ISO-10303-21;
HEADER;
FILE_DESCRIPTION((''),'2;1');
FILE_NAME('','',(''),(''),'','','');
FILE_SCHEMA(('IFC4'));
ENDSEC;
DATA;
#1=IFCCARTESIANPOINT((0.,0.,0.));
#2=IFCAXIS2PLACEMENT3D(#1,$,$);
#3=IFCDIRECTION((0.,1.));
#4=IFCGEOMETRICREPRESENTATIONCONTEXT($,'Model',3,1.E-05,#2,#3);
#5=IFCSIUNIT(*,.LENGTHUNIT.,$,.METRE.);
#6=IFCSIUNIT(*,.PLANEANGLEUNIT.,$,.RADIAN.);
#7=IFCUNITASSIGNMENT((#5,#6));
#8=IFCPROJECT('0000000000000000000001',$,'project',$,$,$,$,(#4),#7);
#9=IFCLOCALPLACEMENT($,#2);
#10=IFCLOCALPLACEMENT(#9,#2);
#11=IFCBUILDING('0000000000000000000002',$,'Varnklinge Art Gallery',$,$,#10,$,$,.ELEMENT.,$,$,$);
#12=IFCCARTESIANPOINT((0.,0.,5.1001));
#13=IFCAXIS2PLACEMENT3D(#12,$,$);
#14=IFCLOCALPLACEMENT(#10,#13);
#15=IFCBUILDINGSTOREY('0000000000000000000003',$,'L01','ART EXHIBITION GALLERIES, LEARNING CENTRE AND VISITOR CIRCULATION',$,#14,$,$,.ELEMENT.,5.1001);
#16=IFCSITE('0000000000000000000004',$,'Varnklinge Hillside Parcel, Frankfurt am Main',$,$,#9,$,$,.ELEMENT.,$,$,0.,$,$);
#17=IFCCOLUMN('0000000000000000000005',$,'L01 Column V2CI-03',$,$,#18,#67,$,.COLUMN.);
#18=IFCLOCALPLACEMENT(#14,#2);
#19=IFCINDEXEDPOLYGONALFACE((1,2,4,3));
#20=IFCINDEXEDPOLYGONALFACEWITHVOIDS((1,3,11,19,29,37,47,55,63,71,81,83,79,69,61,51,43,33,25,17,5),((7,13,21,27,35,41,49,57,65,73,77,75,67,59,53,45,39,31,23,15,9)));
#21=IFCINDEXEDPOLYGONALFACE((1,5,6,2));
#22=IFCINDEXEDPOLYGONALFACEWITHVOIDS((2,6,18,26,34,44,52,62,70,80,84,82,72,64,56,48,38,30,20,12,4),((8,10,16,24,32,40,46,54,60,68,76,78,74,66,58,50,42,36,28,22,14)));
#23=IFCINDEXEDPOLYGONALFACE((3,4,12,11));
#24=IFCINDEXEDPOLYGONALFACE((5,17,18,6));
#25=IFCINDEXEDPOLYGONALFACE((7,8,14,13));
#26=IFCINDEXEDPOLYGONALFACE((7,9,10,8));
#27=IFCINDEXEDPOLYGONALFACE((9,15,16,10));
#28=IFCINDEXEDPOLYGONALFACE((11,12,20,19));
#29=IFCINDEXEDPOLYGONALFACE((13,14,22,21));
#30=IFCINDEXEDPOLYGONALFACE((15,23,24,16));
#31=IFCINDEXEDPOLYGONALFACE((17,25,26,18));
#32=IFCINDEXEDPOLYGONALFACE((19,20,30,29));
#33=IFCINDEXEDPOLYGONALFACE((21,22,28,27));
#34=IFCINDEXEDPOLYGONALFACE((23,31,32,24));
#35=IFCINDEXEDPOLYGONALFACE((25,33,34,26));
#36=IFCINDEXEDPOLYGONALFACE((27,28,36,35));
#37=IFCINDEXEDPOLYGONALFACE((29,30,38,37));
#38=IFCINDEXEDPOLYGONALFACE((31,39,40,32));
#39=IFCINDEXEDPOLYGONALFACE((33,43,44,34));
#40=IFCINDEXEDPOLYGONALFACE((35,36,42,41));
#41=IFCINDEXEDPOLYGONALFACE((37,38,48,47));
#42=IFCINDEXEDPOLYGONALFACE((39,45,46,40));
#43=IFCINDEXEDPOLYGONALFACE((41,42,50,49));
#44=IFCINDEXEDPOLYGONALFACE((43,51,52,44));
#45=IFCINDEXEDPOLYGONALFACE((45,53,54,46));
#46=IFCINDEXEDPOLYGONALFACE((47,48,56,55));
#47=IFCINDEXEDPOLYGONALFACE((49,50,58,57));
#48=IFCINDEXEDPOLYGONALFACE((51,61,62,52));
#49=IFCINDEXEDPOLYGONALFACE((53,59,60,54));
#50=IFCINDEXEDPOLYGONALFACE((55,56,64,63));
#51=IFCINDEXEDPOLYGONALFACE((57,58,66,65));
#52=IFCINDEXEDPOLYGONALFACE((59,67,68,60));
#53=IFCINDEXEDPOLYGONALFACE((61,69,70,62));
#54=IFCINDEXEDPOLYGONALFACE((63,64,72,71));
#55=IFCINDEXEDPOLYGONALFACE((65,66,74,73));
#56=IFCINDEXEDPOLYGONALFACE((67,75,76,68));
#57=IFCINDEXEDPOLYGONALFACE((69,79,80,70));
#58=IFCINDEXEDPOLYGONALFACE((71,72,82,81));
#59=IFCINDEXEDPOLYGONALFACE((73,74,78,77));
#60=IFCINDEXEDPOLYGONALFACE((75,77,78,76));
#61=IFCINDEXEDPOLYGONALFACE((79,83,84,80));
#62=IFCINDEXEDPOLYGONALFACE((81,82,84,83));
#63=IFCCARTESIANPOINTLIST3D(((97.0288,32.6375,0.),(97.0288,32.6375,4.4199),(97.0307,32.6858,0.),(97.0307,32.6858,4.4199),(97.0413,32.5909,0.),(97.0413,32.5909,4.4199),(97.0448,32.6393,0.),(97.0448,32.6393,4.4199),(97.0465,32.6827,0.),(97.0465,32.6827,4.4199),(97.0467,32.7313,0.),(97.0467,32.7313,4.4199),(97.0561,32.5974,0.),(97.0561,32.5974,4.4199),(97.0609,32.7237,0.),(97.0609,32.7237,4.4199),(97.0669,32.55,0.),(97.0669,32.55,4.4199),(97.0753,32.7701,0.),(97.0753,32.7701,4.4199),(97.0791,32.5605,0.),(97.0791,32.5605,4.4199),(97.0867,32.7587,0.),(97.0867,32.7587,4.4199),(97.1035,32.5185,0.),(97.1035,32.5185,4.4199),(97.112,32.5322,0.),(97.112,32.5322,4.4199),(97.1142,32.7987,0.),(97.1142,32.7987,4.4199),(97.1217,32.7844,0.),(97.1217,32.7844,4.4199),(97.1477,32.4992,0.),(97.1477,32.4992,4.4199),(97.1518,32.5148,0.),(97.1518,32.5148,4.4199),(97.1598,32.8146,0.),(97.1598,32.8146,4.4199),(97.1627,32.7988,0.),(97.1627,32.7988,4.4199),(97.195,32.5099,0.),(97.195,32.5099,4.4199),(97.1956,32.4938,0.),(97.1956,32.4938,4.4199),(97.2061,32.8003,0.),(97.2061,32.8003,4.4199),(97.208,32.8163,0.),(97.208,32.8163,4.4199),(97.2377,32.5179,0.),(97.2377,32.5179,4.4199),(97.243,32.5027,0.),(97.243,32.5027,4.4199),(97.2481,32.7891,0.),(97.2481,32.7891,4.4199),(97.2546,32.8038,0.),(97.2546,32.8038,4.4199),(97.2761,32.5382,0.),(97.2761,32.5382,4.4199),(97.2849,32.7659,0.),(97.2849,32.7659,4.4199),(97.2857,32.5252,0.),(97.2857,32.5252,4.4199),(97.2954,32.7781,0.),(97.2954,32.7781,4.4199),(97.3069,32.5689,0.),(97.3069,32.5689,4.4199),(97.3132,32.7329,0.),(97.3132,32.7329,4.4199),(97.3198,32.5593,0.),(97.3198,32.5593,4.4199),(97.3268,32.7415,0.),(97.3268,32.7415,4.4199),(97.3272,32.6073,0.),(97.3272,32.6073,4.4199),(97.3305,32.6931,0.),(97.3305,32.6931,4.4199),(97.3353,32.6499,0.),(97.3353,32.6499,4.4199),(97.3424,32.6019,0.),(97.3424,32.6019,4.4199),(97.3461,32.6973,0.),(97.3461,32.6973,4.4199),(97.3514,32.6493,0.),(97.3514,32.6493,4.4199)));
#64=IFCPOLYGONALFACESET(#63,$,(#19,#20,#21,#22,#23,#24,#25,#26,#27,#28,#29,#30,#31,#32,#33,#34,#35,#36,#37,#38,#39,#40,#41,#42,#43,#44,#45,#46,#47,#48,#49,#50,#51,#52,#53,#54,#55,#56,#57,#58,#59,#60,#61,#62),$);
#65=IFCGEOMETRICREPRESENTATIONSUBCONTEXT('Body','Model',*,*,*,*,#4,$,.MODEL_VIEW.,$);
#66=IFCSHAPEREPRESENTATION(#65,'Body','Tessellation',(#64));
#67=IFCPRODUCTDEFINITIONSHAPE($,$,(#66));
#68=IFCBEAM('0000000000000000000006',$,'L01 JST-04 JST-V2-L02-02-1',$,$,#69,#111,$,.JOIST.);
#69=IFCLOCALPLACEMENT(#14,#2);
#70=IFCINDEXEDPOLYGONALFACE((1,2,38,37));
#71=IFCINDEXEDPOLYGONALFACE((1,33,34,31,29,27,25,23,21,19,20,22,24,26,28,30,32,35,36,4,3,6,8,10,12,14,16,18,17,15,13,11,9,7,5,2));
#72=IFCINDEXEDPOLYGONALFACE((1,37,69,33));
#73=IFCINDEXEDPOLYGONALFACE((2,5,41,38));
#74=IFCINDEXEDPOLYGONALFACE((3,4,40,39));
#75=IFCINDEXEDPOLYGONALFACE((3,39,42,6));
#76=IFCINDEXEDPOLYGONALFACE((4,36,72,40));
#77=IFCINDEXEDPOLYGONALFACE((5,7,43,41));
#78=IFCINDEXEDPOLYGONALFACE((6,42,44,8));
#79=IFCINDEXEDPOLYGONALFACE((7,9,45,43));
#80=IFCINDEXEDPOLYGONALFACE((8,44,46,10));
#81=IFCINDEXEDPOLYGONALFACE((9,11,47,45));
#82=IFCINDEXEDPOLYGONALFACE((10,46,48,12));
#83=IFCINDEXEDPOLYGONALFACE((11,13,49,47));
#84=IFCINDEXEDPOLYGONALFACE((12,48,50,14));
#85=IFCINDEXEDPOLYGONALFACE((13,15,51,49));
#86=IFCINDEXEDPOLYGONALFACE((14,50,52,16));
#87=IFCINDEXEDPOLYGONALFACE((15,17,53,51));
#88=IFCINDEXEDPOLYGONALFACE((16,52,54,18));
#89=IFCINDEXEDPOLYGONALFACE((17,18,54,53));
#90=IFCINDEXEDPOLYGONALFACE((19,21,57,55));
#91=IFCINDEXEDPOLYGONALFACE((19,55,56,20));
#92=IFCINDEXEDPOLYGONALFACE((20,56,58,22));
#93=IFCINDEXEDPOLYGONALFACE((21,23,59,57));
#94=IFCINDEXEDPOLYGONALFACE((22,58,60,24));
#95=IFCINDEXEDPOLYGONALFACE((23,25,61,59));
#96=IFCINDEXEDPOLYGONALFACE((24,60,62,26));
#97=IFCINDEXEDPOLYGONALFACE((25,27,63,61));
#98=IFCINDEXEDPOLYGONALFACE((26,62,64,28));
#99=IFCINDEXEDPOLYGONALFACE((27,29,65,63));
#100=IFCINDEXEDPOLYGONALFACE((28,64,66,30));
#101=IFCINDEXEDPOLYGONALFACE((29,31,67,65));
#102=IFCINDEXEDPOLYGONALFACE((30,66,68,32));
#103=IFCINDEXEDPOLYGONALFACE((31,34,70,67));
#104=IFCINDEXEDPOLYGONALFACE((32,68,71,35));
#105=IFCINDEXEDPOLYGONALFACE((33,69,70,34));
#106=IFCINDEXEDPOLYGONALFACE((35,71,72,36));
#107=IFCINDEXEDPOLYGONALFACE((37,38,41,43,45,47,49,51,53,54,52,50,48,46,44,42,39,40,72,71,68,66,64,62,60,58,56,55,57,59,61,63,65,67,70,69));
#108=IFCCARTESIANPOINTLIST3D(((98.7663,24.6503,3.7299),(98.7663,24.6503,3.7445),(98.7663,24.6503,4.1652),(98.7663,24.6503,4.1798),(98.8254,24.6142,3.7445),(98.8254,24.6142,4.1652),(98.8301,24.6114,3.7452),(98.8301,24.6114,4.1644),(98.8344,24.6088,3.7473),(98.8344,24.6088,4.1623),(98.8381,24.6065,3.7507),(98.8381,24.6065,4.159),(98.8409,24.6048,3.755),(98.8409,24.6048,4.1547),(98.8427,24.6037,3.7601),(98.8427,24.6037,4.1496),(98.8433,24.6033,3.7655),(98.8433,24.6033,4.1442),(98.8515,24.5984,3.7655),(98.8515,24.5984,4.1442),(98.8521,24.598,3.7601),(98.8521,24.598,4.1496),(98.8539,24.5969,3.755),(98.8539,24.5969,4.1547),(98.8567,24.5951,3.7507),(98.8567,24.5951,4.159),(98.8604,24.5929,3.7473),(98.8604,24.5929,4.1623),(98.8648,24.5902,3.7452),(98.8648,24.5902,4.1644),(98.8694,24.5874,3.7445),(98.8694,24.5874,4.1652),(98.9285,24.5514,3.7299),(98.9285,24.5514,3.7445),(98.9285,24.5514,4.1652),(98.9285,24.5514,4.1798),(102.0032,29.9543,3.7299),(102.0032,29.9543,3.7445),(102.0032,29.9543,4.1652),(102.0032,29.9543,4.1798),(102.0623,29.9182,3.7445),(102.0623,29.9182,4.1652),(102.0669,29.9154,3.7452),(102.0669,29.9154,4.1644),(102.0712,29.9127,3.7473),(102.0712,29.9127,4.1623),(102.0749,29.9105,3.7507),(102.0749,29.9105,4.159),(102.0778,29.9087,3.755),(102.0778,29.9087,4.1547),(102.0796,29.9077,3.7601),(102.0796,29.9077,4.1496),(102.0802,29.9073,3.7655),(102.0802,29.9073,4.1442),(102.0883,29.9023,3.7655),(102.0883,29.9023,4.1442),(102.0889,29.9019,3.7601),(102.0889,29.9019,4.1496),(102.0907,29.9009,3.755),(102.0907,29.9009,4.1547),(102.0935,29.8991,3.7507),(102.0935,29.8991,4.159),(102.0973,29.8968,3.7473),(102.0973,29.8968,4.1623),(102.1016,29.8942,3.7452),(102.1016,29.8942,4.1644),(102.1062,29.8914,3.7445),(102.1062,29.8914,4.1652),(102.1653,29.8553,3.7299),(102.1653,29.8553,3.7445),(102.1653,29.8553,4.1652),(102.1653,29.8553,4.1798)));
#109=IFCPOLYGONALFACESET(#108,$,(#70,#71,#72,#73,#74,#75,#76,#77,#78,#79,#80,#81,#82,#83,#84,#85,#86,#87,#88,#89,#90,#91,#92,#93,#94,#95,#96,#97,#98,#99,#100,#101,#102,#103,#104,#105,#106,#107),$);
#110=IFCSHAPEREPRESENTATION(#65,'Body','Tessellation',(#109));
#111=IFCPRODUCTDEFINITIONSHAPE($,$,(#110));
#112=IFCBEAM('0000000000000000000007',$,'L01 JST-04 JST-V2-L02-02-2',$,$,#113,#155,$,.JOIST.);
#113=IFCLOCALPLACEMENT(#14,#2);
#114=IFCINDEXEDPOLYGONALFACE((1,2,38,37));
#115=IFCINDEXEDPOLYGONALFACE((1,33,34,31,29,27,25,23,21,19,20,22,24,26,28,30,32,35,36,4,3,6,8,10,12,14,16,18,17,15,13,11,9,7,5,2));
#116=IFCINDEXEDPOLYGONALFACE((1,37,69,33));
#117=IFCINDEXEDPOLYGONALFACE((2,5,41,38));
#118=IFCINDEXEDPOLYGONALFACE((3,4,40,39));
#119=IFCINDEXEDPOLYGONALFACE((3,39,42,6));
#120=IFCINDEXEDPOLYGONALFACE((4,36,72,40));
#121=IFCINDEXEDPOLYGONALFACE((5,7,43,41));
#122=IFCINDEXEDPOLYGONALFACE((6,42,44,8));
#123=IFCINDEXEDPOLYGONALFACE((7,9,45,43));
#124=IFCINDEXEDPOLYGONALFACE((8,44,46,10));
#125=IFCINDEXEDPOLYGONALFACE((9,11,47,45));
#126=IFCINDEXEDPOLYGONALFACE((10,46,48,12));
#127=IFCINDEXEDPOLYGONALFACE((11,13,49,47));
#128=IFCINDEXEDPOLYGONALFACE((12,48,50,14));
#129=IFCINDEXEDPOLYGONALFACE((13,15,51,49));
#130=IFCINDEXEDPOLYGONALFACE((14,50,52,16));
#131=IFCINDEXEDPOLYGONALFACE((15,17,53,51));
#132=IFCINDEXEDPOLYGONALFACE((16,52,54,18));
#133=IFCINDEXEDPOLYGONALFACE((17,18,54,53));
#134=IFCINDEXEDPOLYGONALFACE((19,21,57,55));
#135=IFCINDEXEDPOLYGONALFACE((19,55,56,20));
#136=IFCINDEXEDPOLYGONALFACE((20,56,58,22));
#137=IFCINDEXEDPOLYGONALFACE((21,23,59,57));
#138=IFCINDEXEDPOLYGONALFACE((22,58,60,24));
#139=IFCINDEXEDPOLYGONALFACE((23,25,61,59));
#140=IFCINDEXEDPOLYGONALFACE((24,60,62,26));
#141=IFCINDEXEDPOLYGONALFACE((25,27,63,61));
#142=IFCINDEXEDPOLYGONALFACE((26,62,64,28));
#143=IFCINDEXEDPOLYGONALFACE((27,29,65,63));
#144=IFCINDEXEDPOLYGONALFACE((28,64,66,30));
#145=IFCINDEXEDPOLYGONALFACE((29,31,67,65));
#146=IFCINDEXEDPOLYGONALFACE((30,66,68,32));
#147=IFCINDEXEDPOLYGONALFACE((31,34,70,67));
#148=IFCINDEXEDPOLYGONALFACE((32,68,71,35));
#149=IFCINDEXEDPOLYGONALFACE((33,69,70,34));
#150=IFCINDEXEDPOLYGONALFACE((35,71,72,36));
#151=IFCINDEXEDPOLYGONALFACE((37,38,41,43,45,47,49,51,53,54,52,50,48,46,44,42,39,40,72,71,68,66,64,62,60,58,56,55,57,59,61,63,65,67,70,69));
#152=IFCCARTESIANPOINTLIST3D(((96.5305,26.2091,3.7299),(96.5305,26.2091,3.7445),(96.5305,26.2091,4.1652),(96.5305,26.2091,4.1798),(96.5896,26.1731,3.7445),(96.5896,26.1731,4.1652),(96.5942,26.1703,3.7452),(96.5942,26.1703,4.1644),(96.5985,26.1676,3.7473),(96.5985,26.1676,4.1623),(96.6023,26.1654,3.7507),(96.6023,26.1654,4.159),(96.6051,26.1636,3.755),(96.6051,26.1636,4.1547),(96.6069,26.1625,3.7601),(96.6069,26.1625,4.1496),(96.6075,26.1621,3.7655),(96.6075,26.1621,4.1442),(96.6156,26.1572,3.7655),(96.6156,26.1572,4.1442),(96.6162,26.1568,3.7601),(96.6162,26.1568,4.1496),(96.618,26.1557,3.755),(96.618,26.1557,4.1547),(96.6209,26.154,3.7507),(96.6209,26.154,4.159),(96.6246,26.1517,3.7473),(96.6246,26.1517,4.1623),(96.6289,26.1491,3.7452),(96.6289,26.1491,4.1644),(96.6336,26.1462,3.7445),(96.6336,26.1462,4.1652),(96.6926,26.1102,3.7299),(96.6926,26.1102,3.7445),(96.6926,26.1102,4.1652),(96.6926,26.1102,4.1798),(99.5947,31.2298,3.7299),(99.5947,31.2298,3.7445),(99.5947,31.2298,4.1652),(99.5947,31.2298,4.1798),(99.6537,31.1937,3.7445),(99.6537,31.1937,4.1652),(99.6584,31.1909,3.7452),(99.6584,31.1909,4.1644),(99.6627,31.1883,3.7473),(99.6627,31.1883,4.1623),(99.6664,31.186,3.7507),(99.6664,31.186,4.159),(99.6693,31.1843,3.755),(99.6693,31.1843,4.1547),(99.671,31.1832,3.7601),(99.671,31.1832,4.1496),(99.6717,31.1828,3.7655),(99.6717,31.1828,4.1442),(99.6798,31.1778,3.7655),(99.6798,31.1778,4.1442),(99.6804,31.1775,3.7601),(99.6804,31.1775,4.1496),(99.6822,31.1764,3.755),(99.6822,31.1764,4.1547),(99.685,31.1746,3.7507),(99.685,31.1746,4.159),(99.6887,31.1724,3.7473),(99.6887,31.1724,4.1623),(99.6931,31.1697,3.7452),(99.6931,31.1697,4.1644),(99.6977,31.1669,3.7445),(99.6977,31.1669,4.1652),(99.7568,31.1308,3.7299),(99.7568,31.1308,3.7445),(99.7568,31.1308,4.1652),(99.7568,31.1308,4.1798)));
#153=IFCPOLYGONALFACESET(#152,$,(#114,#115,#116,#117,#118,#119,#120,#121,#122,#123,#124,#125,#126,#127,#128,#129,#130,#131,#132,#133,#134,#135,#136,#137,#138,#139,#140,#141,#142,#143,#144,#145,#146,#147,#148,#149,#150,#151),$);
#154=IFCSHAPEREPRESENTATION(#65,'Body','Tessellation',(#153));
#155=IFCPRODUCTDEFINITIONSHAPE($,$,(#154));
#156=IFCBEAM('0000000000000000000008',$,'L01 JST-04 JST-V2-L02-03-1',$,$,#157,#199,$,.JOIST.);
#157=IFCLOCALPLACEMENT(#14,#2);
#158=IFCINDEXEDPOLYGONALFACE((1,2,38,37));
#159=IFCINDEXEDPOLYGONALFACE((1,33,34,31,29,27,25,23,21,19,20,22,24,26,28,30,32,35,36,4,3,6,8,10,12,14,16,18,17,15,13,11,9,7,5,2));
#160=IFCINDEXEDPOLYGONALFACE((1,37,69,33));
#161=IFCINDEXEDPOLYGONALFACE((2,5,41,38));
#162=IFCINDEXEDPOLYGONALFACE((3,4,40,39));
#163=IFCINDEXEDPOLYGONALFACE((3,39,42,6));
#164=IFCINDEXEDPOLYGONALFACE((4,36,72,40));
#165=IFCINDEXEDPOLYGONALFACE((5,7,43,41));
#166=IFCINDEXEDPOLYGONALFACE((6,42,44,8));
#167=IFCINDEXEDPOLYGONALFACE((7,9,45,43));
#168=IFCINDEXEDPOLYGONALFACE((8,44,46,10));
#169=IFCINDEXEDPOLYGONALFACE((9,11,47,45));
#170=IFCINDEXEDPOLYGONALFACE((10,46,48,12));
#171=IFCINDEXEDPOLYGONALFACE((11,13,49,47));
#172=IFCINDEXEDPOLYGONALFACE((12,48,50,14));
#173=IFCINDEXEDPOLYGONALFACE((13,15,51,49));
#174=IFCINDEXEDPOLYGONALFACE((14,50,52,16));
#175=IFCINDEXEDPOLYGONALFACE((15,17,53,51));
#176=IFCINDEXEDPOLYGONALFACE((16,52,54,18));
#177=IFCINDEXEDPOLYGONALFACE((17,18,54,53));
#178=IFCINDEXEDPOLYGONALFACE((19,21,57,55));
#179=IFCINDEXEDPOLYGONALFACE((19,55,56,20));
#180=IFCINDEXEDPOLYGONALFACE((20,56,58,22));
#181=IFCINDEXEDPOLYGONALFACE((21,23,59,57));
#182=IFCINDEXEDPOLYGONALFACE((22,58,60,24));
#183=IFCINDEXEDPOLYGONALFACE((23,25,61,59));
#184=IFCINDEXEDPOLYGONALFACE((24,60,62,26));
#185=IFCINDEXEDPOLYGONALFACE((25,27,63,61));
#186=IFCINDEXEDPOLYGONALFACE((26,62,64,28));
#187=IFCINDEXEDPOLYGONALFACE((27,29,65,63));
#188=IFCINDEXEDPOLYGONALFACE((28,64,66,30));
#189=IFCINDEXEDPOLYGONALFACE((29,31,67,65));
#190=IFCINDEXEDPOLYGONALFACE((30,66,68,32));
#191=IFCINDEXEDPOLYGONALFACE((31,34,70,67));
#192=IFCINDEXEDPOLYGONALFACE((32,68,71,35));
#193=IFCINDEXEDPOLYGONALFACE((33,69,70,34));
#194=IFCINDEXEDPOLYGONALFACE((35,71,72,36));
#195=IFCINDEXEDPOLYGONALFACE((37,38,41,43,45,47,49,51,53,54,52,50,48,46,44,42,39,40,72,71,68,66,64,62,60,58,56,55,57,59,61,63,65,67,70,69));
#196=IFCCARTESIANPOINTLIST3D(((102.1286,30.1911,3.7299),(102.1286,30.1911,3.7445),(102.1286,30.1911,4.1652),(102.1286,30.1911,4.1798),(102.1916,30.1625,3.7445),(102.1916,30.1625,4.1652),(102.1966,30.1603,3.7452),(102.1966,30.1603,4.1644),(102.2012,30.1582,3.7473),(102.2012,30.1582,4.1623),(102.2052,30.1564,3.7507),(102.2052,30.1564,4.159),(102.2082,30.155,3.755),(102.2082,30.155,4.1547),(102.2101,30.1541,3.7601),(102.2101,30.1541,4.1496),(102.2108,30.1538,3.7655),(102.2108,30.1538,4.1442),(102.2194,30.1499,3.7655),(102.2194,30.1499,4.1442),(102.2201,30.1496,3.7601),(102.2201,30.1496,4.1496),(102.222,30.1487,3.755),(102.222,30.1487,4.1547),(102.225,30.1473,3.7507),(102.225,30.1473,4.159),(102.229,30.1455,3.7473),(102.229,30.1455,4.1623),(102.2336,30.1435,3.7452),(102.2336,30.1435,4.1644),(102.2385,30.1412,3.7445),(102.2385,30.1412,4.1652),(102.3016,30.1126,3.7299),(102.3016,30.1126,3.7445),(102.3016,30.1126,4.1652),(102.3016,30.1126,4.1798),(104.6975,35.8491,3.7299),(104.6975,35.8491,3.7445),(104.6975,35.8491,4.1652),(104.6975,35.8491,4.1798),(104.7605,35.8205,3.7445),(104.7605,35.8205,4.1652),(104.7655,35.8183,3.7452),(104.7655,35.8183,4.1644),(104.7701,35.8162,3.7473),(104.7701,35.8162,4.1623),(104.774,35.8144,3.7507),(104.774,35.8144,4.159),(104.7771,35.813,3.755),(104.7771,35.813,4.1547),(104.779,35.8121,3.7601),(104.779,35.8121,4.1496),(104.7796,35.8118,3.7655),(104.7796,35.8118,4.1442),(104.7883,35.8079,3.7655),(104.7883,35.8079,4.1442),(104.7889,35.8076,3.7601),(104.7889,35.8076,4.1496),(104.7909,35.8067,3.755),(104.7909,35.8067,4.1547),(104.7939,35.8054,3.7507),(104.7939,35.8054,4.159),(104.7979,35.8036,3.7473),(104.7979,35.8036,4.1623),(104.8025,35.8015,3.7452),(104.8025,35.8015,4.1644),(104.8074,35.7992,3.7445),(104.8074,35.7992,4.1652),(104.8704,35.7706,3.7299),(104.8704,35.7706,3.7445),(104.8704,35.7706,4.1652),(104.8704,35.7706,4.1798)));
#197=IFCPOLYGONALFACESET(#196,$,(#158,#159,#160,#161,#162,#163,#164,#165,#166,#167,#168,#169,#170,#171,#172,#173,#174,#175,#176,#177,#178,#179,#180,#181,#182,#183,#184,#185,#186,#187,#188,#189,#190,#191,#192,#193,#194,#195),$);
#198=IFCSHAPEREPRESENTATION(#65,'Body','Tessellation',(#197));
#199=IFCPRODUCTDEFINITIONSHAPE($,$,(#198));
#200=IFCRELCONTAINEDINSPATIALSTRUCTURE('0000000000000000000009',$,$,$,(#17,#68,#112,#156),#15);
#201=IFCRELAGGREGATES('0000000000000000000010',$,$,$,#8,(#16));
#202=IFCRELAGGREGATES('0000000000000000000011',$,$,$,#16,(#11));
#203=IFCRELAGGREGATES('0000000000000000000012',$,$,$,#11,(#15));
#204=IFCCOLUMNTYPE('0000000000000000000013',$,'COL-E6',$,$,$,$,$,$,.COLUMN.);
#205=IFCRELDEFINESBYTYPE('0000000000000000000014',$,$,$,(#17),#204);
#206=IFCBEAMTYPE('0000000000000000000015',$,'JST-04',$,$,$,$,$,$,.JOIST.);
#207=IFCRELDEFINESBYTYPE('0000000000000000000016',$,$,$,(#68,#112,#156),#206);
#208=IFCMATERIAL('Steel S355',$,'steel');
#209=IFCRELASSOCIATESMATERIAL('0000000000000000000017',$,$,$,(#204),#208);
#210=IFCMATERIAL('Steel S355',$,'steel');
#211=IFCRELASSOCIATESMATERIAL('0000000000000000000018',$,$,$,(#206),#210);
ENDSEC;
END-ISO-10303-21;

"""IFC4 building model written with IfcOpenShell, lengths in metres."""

from ifc_helpers import new_model, si_unit, direction, frame, origin, origin_2d, place, context, subcontext, project, spatial, hollow_circle, i_section, extrude, material, material_profile, profile_set, type_object, element, save


model = new_model("IFC4")

# Units and contexts
model_context = context("Model", 3, precision=1e-05, world=origin(), true_north=direction((0.0, 1.0)))
body_context = subcontext(model_context, "Body", "Model", "MODEL_VIEW")
ifc_project = project(units=[si_unit("LENGTHUNIT", "METRE"), si_unit("PLANEANGLEUNIT", "RADIAN")], contexts=[model_context])

# Site, building, storey
site_placement = place(None, origin())
site = spatial("IfcSite", under=ifc_project, at=site_placement, Name="Varnklinge Hillside Parcel, Frankfurt am Main", CompositionType="ELEMENT", RefElevation=0.0)
building_placement = place(site_placement, origin())
building = spatial("IfcBuilding", under=site, at=building_placement, Name="Varnklinge Art Gallery", CompositionType="ELEMENT")
storey_placement = place(building_placement, frame((0.0, 0.0, 5.1001)))
storey = spatial("IfcBuildingStorey", under=building, at=storey_placement, Name="L01", Description="ART EXHIBITION GALLERIES, LEARNING CENTRE AND VISITOR CIRCULATION", CompositionType="ELEMENT", Elevation=5.1001)

# Column
ifc_material_1 = material(Name="Steel S355", Category="steel")
ifc_material_profile_1 = material_profile(ifc_material_1, hollow_circle(Radius=0.1619, WallThickness=0.0161, at=origin_2d()), Name="CHS 323.9x16")
ifc_profile_set_1 = profile_set([ifc_material_profile_1], Name="Steel S355")
column_type = type_object("IfcColumnType", Name="COL-E6", PredefinedType="COLUMN", material=ifc_profile_set_1)
column_placement = place(storey_placement, frame((97.1897, 32.6555, 0.0), z_axis=(0.0, 0.0, 1.0), x_axis=(-0.883684, 0.468084, 0.0)))
element("IfcColumn", 1, at=column_placement, inside=storey, type_object=column_type, Name="L01 Column V2CI-03", PredefinedType="COLUMN", context=body_context, shape_type="SweptSolid", body=[
    extrude(hollow_circle(Radius=0.1619, WallThickness=0.0161, at=origin_2d()), origin(), (0.0, 0.0, 1.0), 4.4199),
])

# Beams
ifc_material_2 = material(Name="Steel S355", Category="steel")
ifc_material_profile_2 = material_profile(ifc_material_2, i_section(OverallWidth=0.1899, OverallDepth=0.45, WebThickness=0.0095, FlangeThickness=0.0146, FilletRadius=0.021, at=origin_2d()), Name="IPE 450")
ifc_profile_set_2 = profile_set([ifc_material_profile_2], Name="Steel S355")
beam_type_1 = type_object("IfcBeamType", Name="JST-04", PredefinedType="JOIST", material=ifc_profile_set_2)
beam_1_placement = place(storey_placement, frame((98.8474, 24.6008, 3.9548), z_axis=(0.520924, 0.853603, 0.0), x_axis=(-0.853603, 0.520924, 0.0)))
element("IfcBeam", 2, at=beam_1_placement, inside=storey, type_object=beam_type_1, Name="L01 JST-04 JST-V2-L02-02-1", PredefinedType="JOIST", context=body_context, shape_type="SweptSolid", body=[
    extrude(i_section(OverallWidth=0.1899, OverallDepth=0.45, WebThickness=0.0095, FlangeThickness=0.0146, FilletRadius=0.021, at=origin_2d()), origin(), (0.0, 0.0, 1.0), 6.2136),
])
beam_2_placement = place(storey_placement, frame((96.6116, 26.1597, 3.9548), z_axis=(0.520951, 0.853586, 0.0), x_axis=(-0.853586, 0.520951, 0.0)))
element("IfcBeam", 3, at=beam_2_placement, inside=storey, type_object=beam_type_1, Name="L01 JST-04 JST-V2-L02-02-2", PredefinedType="JOIST", context=body_context, shape_type="SweptSolid", body=[
    extrude(i_section(OverallWidth=0.1899, OverallDepth=0.45, WebThickness=0.0095, FlangeThickness=0.0146, FilletRadius=0.021, at=origin_2d()), origin(), (0.0, 0.0, 1.0), 5.8818),
])
beam_3_placement = place(storey_placement, frame((102.2151, 30.1519, 3.9548), z_axis=(0.413409, 0.910545, 0.0), x_axis=(-0.910545, 0.413409, 0.0)))
element("IfcBeam", 4, at=beam_3_placement, inside=storey, type_object=beam_type_1, Name="L01 JST-04 JST-V2-L02-03-1", PredefinedType="JOIST", context=body_context, shape_type="SweptSolid", body=[
    extrude(i_section(OverallWidth=0.1899, OverallDepth=0.45, WebThickness=0.0095, FlangeThickness=0.0146, FilletRadius=0.021, at=origin_2d()), origin(), (0.0, 0.0, 1.0), 6.2139),
])

save(model, "model.ifc")
